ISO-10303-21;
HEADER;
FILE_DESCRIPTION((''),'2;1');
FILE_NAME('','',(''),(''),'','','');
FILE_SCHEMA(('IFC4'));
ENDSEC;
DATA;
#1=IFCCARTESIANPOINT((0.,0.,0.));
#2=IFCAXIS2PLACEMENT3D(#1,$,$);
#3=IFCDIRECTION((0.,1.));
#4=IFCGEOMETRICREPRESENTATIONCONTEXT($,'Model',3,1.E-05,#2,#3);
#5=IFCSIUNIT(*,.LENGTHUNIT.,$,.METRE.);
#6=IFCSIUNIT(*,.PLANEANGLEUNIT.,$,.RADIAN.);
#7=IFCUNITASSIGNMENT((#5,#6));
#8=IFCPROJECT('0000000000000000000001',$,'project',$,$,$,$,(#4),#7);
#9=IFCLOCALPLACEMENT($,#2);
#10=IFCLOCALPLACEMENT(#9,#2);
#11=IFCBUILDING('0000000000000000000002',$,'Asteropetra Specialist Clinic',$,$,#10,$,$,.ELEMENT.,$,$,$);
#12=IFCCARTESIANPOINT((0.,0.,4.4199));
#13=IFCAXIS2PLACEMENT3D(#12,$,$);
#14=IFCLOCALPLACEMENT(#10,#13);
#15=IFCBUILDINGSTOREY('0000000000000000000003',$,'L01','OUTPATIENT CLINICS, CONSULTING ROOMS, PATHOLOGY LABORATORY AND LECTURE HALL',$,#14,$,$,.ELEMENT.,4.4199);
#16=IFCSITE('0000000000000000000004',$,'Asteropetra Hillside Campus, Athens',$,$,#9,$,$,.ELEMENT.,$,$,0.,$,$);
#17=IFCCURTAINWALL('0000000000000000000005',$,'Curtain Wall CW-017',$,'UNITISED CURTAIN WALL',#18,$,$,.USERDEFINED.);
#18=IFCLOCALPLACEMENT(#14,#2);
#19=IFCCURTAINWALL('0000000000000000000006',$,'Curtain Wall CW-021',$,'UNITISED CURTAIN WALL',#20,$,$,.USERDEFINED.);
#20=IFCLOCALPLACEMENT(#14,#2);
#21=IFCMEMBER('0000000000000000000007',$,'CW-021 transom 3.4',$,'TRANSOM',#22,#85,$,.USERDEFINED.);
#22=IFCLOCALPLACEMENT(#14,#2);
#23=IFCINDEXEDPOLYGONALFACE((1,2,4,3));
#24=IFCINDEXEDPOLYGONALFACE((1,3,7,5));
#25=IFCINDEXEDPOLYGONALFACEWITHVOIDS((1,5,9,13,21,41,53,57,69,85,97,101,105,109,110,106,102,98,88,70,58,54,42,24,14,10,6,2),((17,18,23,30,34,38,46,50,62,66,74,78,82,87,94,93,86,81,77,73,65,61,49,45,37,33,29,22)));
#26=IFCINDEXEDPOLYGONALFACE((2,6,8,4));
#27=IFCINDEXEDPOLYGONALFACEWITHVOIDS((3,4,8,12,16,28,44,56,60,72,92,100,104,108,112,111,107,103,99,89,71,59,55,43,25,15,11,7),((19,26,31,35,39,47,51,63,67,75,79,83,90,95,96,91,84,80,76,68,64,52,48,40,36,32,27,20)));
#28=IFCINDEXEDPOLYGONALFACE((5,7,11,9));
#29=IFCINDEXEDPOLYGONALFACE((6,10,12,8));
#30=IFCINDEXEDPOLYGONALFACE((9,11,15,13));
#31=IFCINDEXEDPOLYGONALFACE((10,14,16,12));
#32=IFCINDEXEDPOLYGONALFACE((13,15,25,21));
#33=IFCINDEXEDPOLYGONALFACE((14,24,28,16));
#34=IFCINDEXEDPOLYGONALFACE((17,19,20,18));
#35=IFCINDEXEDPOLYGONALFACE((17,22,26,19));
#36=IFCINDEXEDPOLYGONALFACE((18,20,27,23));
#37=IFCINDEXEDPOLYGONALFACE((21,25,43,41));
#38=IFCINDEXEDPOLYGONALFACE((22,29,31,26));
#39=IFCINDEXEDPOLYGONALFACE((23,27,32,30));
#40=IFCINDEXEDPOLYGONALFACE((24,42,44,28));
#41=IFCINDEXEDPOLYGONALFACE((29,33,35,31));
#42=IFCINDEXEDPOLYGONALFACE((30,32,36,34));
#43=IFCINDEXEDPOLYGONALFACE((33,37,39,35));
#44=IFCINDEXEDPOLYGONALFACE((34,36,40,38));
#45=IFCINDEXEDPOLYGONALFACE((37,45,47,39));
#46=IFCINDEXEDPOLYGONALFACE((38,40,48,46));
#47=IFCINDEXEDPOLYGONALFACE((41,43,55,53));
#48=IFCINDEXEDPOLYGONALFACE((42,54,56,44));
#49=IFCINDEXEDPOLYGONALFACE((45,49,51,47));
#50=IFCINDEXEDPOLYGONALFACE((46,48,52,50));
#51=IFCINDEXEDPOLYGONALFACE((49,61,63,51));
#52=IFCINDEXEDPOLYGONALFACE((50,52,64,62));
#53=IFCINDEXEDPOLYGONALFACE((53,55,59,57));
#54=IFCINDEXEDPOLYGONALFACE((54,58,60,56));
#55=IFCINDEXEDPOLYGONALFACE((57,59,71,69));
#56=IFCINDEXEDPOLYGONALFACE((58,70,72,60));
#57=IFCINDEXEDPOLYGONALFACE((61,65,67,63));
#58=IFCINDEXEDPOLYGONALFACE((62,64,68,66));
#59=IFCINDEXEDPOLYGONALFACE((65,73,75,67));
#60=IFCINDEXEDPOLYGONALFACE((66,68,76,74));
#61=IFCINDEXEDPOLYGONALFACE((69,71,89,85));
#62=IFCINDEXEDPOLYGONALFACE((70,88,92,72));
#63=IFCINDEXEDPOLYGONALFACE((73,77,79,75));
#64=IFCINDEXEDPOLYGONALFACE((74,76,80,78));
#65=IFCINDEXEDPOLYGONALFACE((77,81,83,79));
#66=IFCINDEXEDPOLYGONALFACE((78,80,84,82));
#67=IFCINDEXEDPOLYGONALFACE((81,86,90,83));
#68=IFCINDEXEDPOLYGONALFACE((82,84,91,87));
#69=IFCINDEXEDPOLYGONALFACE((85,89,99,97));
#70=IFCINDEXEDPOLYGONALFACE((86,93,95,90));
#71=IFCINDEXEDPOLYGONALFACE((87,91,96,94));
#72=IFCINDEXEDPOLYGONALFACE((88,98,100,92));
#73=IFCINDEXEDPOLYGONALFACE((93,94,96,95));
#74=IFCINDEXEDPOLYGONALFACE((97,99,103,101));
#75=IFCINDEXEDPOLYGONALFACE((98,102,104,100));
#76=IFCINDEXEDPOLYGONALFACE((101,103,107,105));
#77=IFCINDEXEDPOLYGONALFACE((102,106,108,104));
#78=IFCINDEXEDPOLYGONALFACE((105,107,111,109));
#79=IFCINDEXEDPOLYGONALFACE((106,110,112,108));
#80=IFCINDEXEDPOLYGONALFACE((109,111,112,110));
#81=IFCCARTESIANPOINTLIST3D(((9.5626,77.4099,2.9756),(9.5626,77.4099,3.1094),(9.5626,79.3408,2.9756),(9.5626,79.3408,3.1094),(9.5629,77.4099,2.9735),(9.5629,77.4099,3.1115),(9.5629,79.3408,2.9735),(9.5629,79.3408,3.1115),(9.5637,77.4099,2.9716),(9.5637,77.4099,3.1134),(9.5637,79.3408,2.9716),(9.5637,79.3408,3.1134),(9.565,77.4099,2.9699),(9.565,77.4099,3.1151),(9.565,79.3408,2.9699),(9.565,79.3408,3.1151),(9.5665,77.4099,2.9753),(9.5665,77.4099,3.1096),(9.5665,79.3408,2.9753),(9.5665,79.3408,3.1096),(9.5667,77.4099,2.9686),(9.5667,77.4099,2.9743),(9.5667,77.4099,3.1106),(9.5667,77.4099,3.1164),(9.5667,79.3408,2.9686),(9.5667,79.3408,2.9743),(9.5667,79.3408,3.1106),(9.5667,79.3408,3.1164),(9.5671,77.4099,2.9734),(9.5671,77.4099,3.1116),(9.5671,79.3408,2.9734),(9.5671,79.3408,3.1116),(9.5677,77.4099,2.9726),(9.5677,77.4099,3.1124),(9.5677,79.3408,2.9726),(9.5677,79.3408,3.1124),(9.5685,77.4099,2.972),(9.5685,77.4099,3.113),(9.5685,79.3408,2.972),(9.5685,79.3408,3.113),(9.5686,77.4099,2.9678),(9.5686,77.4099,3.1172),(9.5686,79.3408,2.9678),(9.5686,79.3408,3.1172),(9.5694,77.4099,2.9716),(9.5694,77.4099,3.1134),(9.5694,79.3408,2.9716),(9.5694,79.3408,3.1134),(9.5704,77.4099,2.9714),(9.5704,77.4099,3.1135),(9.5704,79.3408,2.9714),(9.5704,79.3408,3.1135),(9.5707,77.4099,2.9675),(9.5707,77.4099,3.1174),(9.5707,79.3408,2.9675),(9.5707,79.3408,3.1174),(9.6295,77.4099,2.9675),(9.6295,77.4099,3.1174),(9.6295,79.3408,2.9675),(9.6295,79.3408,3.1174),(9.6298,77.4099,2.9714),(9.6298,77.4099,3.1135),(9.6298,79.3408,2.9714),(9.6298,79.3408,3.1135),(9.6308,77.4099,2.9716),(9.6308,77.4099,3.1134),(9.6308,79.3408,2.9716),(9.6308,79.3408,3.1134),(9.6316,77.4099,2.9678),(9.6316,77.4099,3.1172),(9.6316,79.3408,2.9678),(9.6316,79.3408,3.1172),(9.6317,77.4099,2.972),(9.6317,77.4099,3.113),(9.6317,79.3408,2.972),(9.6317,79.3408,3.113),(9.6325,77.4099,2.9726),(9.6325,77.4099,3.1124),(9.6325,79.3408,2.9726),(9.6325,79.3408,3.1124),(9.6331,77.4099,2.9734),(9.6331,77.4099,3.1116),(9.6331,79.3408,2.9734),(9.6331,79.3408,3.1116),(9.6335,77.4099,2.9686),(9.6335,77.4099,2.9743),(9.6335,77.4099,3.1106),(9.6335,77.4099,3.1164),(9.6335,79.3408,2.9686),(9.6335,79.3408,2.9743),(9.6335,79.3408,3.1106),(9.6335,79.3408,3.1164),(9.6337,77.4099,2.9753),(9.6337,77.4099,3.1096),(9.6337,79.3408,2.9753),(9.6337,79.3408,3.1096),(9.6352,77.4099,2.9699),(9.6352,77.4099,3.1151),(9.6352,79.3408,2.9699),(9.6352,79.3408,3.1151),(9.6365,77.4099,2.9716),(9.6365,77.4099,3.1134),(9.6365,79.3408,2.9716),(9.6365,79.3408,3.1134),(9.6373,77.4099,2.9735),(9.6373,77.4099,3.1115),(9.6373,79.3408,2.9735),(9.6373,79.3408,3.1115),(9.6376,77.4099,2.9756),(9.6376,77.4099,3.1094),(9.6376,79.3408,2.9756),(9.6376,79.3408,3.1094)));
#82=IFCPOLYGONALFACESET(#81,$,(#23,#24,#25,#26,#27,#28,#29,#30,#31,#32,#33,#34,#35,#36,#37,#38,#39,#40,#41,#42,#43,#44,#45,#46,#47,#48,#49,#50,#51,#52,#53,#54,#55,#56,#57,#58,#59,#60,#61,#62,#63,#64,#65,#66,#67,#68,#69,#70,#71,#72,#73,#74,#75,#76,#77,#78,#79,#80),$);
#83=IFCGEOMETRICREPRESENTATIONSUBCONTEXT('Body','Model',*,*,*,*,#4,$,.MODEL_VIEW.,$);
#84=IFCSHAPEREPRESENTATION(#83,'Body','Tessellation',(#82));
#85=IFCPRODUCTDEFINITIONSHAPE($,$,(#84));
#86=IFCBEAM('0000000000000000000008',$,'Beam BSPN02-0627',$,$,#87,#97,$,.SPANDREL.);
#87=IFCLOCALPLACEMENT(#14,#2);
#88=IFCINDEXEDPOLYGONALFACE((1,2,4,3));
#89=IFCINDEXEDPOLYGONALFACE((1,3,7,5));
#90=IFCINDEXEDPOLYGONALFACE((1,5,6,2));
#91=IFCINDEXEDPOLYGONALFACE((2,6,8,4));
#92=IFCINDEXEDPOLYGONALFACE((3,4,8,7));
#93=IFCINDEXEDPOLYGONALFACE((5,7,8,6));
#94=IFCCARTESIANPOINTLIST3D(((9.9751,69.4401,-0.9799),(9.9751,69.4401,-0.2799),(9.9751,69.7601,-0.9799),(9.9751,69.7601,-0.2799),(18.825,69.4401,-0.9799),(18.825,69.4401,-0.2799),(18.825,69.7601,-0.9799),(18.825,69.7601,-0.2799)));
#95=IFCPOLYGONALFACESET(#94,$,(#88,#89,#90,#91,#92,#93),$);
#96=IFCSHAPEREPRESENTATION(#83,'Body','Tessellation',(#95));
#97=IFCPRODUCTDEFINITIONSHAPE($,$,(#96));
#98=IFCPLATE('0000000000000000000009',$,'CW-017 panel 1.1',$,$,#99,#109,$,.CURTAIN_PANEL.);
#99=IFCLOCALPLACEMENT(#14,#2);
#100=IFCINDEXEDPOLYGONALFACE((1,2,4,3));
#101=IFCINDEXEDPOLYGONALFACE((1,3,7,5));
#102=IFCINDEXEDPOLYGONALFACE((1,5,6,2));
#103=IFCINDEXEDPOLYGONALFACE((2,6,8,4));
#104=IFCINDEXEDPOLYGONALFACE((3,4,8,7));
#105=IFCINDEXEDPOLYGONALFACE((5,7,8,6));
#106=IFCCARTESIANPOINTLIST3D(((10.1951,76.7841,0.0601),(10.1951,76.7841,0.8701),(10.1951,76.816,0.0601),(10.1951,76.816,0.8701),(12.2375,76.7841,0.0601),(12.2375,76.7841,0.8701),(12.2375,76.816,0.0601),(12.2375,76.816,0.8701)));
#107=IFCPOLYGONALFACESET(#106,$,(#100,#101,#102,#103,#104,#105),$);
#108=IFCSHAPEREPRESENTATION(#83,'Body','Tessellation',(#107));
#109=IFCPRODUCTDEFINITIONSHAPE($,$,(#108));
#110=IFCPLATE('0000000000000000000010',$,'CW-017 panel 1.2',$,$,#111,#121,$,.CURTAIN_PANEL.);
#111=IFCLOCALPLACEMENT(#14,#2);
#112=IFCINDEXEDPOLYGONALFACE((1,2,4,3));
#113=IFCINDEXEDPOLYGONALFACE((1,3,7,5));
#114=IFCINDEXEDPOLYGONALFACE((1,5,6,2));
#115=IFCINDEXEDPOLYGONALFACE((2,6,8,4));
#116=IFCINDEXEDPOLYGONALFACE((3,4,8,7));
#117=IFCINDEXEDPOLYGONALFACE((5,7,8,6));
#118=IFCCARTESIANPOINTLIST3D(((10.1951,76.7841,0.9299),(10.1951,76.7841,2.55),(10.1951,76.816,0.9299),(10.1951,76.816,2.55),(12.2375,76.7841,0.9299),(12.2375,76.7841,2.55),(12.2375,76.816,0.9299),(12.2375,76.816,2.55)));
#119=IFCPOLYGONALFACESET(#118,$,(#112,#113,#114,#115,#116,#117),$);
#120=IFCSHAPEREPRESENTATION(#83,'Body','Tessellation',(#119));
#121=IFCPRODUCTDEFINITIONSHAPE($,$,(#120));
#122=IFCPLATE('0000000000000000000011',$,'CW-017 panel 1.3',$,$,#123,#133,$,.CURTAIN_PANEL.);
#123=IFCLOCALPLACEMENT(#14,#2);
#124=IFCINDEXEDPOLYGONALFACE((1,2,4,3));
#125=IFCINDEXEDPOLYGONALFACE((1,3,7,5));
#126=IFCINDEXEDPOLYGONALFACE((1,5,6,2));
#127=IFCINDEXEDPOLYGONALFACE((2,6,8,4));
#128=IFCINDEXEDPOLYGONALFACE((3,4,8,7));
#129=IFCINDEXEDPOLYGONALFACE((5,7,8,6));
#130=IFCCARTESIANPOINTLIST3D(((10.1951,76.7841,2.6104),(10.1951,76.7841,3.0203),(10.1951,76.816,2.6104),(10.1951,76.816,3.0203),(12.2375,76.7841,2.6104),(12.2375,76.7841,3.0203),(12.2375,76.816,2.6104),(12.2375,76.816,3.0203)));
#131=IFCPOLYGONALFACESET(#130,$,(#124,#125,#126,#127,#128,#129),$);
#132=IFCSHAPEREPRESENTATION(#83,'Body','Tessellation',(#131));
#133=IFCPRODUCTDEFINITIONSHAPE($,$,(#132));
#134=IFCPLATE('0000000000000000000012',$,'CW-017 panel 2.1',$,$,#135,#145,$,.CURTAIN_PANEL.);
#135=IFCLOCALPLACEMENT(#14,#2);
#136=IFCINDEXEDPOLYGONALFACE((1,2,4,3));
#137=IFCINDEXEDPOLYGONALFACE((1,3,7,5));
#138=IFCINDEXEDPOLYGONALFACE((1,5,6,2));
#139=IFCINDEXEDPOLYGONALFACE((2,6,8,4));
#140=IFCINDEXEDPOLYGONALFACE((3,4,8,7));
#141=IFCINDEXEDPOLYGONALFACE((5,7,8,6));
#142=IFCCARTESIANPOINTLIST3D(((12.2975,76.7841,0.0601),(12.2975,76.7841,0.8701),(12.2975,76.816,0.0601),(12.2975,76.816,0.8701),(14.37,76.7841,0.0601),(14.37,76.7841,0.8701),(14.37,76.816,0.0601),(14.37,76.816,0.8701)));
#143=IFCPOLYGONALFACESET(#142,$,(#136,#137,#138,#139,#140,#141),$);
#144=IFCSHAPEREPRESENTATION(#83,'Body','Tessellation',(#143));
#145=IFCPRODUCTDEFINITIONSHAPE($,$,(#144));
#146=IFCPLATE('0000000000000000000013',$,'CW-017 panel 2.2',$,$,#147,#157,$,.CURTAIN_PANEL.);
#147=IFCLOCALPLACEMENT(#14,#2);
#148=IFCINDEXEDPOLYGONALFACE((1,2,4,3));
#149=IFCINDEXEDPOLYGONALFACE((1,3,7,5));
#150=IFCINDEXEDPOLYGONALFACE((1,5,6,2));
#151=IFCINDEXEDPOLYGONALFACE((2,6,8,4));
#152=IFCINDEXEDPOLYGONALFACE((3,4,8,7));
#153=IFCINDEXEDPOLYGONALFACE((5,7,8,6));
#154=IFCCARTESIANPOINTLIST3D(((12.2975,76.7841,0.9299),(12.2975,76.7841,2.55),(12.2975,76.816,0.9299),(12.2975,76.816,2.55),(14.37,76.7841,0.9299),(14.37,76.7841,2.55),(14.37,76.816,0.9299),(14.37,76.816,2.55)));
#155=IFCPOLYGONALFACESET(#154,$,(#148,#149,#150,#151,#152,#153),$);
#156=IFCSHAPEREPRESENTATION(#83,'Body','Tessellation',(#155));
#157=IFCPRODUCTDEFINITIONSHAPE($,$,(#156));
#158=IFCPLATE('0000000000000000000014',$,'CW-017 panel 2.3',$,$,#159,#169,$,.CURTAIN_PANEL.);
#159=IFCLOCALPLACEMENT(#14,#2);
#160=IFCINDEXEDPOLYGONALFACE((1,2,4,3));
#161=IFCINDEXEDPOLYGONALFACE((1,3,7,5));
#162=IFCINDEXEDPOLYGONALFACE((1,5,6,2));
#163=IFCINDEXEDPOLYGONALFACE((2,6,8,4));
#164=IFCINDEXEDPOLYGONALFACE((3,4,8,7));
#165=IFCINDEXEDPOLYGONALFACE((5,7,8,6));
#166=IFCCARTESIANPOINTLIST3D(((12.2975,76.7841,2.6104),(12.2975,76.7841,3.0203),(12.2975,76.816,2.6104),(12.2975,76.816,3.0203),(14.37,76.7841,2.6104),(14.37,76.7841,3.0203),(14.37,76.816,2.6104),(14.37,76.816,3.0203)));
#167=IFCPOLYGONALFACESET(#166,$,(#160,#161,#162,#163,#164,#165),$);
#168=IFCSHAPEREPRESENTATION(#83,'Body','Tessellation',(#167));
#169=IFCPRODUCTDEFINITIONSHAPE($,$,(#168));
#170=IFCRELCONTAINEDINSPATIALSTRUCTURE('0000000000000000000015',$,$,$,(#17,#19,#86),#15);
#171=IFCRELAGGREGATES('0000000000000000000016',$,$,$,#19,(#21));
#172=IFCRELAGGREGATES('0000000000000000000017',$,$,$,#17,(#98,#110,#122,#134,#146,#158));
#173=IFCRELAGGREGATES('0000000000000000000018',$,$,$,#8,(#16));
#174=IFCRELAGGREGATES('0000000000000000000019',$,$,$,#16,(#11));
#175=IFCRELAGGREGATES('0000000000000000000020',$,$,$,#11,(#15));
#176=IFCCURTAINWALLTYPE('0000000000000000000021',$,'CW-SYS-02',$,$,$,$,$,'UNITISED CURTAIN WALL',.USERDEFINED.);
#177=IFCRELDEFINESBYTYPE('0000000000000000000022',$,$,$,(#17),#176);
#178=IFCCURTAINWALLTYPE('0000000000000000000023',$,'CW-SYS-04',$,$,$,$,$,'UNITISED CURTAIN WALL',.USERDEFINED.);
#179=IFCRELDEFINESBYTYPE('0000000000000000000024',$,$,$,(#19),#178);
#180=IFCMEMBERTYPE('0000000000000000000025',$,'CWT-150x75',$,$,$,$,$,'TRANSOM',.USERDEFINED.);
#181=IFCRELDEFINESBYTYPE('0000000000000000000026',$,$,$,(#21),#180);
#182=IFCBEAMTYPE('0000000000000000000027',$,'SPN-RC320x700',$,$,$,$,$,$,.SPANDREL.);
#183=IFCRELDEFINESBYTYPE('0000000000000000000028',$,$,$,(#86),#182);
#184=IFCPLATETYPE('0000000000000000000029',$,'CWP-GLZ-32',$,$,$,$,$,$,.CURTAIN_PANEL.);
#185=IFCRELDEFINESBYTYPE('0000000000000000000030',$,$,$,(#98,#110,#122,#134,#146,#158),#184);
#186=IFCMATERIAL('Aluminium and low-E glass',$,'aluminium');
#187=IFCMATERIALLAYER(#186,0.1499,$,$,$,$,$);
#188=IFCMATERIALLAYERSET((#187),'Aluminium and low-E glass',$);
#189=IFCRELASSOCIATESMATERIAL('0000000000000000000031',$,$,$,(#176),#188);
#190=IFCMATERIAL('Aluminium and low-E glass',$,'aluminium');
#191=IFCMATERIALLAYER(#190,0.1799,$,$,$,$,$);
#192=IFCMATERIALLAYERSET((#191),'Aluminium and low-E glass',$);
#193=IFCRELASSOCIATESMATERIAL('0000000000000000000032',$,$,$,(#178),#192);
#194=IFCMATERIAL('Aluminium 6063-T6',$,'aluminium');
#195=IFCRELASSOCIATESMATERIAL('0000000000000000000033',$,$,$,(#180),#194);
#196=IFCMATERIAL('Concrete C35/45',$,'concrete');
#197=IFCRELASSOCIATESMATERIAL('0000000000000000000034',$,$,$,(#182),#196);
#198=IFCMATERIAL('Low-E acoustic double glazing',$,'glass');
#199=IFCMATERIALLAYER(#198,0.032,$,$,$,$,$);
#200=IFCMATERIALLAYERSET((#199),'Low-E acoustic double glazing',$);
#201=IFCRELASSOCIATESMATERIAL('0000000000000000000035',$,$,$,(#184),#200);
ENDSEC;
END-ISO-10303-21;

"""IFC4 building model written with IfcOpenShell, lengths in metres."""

from ifc_helpers import new_model, si_unit, direction, frame, origin, origin_2d, place, context, subcontext, project, spatial, rectangle, hollow_rectangle, extrude, material, layer, layer_set, material_profile, profile_set, type_object, element, aggregate, save


model = new_model("IFC4")

# Units and contexts
model_context = context("Model", 3, precision=1e-05, world=origin(), true_north=direction((0.0, 1.0)))
body_context = subcontext(model_context, "Body", "Model", "MODEL_VIEW")
ifc_project = project(units=[si_unit("LENGTHUNIT", "METRE"), si_unit("PLANEANGLEUNIT", "RADIAN")], contexts=[model_context])

# Site, building, storey
site_placement = place(None, origin())
site = spatial("IfcSite", under=ifc_project, at=site_placement, Name="Asteropetra Hillside Campus, Athens", CompositionType="ELEMENT", RefElevation=0.0)
building_placement = place(site_placement, origin())
building = spatial("IfcBuilding", under=site, at=building_placement, Name="Asteropetra Specialist Clinic", CompositionType="ELEMENT")
storey_placement = place(building_placement, frame((0.0, 0.0, 4.4199)))
storey = spatial("IfcBuildingStorey", under=building, at=storey_placement, Name="L01", Description="OUTPATIENT CLINICS, CONSULTING ROOMS, PATHOLOGY LABORATORY AND LECTURE HALL", CompositionType="ELEMENT", Elevation=4.4199)

# Curtain wall
ifc_material_1 = material(Name="Aluminium and low-E glass", Category="aluminium")
ifc_layer_1 = layer(ifc_material_1, 0.1499)
ifc_layer_set_1 = layer_set([ifc_layer_1], Name="Aluminium and low-E glass")
curtain_wall_type_1 = type_object("IfcCurtainWallType", Name="CW-SYS-02", ElementType="UNITISED CURTAIN WALL", PredefinedType="USERDEFINED", material=ifc_layer_set_1)
curtain_wall_1_placement = place(storey_placement, origin())
curtain_wall_1 = element("IfcCurtainWall", 1, at=curtain_wall_1_placement, inside=storey, type_object=curtain_wall_type_1, Name="Curtain Wall CW-017", ObjectType="UNITISED CURTAIN WALL", PredefinedType="USERDEFINED")

# Curtain wall
ifc_material_2 = material(Name="Aluminium and low-E glass", Category="aluminium")
ifc_layer_2 = layer(ifc_material_2, 0.1799)
ifc_layer_set_2 = layer_set([ifc_layer_2], Name="Aluminium and low-E glass")
curtain_wall_type_2 = type_object("IfcCurtainWallType", Name="CW-SYS-04", ElementType="UNITISED CURTAIN WALL", PredefinedType="USERDEFINED", material=ifc_layer_set_2)
curtain_wall_2_placement = place(storey_placement, origin())
curtain_wall_2 = element("IfcCurtainWall", 2, at=curtain_wall_2_placement, inside=storey, type_object=curtain_wall_type_2, Name="Curtain Wall CW-021", ObjectType="UNITISED CURTAIN WALL", PredefinedType="USERDEFINED")

# Member
ifc_material_3 = material(Name="Aluminium 6063-T6", Category="aluminium")
ifc_material_profile_1 = material_profile(ifc_material_3, hollow_rectangle(XDim=0.075, YDim=0.1499, WallThickness=0.0039, InnerFilletRadius=0.0039, OuterFilletRadius=0.0081, at=origin_2d()), Name="TRN 150x75x4.0")
ifc_profile_set_1 = profile_set([ifc_material_profile_1], Name="Aluminium 6063-T6")
member_type_1 = type_object("IfcMemberType", Name="CWT-150x75", ElementType="TRANSOM", PredefinedType="USERDEFINED", material=ifc_profile_set_1)
member_1_placement = place(storey_placement, frame((9.6001, 79.3408, 3.0425), z_axis=(0.0, -1.0, 0.0), x_axis=(1.0, 0.0, 0.0)))
member_1 = element("IfcMember", 3, at=member_1_placement, type_object=member_type_1, Name="CW-021 transom 3.4", ObjectType="TRANSOM", PredefinedType="USERDEFINED", context=body_context, shape_type="SweptSolid", body=[
    extrude(hollow_rectangle(XDim=0.075, YDim=0.1499, WallThickness=0.0039, InnerFilletRadius=0.0039, OuterFilletRadius=0.0081, at=origin_2d()), origin(), (0.0, 0.0, 1.0), 1.9309),
])
aggregate(curtain_wall_2, [member_1])

# Beam
ifc_material_4 = material(Name="Concrete C35/45", Category="concrete")
ifc_material_profile_2 = material_profile(ifc_material_4, rectangle(XDim=0.3201, YDim=0.7, at=origin_2d()), Name="RCS 320x700")
ifc_profile_set_2 = profile_set([ifc_material_profile_2], Name="Concrete C35/45")
beam_type = type_object("IfcBeamType", Name="SPN-RC320x700", PredefinedType="SPANDREL", material=ifc_profile_set_2)
beam_placement = place(storey_placement, frame((9.9751, 69.6001, -0.6299), z_axis=(1.0, 0.0, 0.0), x_axis=(0.0, 1.0, 0.0)))
element("IfcBeam", 4, at=beam_placement, inside=storey, type_object=beam_type, Name="Beam BSPN02-0627", PredefinedType="SPANDREL", context=body_context, shape_type="SweptSolid", body=[
    extrude(rectangle(XDim=0.3201, YDim=0.7, at=origin_2d()), origin(), (0.0, 0.0, 1.0), 8.8499),
])

# Plates
ifc_material_5 = material(Name="Low-E acoustic double glazing", Category="glass")
ifc_layer_3 = layer(ifc_material_5, 0.032)
ifc_layer_set_3 = layer_set([ifc_layer_3], Name="Low-E acoustic double glazing")
plate_type = type_object("IfcPlateType", Name="CWP-GLZ-32", PredefinedType="CURTAIN_PANEL", material=ifc_layer_set_3)
plate_1_placement = place(storey_placement, frame((11.2163, 76.8, 0.0601), z_axis=(0.0, 0.0, 1.0), x_axis=(1.0, 0.0, 0.0)))
plate_1 = element("IfcPlate", 5, at=plate_1_placement, type_object=plate_type, Name="CW-017 panel 1.1", PredefinedType="CURTAIN_PANEL", context=body_context, shape_type="SweptSolid", body=[
    extrude(rectangle(XDim=2.0425, YDim=0.032, at=origin_2d()), origin(), (0.0, 0.0, 1.0), 0.8101),
])
plate_2_placement = place(storey_placement, frame((11.2163, 76.8, 0.9299), z_axis=(0.0, 0.0, 1.0), x_axis=(1.0, 0.0, 0.0)))
plate_2 = element("IfcPlate", 6, at=plate_2_placement, type_object=plate_type, Name="CW-017 panel 1.2", PredefinedType="CURTAIN_PANEL", context=body_context, shape_type="SweptSolid", body=[
    extrude(rectangle(XDim=2.0425, YDim=0.032, at=origin_2d()), origin(), (0.0, 0.0, 1.0), 1.6201),
])
plate_3_placement = place(storey_placement, frame((11.2163, 76.8, 2.6104), z_axis=(0.0, 0.0, 1.0), x_axis=(1.0, 0.0, 0.0)))
plate_3 = element("IfcPlate", 7, at=plate_3_placement, type_object=plate_type, Name="CW-017 panel 1.3", PredefinedType="CURTAIN_PANEL", context=body_context, shape_type="SweptSolid", body=[
    extrude(rectangle(XDim=2.0425, YDim=0.032, at=origin_2d()), origin(), (0.0, 0.0, 1.0), 0.4099),
])
plate_4_placement = place(storey_placement, frame((13.3337, 76.8, 0.0601), z_axis=(0.0, 0.0, 1.0), x_axis=(1.0, 0.0, 0.0)))
plate_4 = element("IfcPlate", 8, at=plate_4_placement, type_object=plate_type, Name="CW-017 panel 2.1", PredefinedType="CURTAIN_PANEL", context=body_context, shape_type="SweptSolid", body=[
    extrude(rectangle(XDim=2.0725, YDim=0.032, at=origin_2d()), origin(), (0.0, 0.0, 1.0), 0.8101),
])
plate_5_placement = place(storey_placement, frame((13.3337, 76.8, 0.9299), z_axis=(0.0, 0.0, 1.0), x_axis=(1.0, 0.0, 0.0)))
plate_5 = element("IfcPlate", 9, at=plate_5_placement, type_object=plate_type, Name="CW-017 panel 2.2", PredefinedType="CURTAIN_PANEL", context=body_context, shape_type="SweptSolid", body=[
    extrude(rectangle(XDim=2.0725, YDim=0.032, at=origin_2d()), origin(), (0.0, 0.0, 1.0), 1.6201),
])
plate_6_placement = place(storey_placement, frame((13.3337, 76.8, 2.6104), z_axis=(0.0, 0.0, 1.0), x_axis=(1.0, 0.0, 0.0)))
plate_6 = element("IfcPlate", 10, at=plate_6_placement, type_object=plate_type, Name="CW-017 panel 2.3", PredefinedType="CURTAIN_PANEL", context=body_context, shape_type="SweptSolid", body=[
    extrude(rectangle(XDim=2.0725, YDim=0.032, at=origin_2d()), origin(), (0.0, 0.0, 1.0), 0.4099),
])
aggregate(curtain_wall_1, [plate_1, plate_2, plate_3, plate_4, plate_5, plate_6])

save(model, "model.ifc")
